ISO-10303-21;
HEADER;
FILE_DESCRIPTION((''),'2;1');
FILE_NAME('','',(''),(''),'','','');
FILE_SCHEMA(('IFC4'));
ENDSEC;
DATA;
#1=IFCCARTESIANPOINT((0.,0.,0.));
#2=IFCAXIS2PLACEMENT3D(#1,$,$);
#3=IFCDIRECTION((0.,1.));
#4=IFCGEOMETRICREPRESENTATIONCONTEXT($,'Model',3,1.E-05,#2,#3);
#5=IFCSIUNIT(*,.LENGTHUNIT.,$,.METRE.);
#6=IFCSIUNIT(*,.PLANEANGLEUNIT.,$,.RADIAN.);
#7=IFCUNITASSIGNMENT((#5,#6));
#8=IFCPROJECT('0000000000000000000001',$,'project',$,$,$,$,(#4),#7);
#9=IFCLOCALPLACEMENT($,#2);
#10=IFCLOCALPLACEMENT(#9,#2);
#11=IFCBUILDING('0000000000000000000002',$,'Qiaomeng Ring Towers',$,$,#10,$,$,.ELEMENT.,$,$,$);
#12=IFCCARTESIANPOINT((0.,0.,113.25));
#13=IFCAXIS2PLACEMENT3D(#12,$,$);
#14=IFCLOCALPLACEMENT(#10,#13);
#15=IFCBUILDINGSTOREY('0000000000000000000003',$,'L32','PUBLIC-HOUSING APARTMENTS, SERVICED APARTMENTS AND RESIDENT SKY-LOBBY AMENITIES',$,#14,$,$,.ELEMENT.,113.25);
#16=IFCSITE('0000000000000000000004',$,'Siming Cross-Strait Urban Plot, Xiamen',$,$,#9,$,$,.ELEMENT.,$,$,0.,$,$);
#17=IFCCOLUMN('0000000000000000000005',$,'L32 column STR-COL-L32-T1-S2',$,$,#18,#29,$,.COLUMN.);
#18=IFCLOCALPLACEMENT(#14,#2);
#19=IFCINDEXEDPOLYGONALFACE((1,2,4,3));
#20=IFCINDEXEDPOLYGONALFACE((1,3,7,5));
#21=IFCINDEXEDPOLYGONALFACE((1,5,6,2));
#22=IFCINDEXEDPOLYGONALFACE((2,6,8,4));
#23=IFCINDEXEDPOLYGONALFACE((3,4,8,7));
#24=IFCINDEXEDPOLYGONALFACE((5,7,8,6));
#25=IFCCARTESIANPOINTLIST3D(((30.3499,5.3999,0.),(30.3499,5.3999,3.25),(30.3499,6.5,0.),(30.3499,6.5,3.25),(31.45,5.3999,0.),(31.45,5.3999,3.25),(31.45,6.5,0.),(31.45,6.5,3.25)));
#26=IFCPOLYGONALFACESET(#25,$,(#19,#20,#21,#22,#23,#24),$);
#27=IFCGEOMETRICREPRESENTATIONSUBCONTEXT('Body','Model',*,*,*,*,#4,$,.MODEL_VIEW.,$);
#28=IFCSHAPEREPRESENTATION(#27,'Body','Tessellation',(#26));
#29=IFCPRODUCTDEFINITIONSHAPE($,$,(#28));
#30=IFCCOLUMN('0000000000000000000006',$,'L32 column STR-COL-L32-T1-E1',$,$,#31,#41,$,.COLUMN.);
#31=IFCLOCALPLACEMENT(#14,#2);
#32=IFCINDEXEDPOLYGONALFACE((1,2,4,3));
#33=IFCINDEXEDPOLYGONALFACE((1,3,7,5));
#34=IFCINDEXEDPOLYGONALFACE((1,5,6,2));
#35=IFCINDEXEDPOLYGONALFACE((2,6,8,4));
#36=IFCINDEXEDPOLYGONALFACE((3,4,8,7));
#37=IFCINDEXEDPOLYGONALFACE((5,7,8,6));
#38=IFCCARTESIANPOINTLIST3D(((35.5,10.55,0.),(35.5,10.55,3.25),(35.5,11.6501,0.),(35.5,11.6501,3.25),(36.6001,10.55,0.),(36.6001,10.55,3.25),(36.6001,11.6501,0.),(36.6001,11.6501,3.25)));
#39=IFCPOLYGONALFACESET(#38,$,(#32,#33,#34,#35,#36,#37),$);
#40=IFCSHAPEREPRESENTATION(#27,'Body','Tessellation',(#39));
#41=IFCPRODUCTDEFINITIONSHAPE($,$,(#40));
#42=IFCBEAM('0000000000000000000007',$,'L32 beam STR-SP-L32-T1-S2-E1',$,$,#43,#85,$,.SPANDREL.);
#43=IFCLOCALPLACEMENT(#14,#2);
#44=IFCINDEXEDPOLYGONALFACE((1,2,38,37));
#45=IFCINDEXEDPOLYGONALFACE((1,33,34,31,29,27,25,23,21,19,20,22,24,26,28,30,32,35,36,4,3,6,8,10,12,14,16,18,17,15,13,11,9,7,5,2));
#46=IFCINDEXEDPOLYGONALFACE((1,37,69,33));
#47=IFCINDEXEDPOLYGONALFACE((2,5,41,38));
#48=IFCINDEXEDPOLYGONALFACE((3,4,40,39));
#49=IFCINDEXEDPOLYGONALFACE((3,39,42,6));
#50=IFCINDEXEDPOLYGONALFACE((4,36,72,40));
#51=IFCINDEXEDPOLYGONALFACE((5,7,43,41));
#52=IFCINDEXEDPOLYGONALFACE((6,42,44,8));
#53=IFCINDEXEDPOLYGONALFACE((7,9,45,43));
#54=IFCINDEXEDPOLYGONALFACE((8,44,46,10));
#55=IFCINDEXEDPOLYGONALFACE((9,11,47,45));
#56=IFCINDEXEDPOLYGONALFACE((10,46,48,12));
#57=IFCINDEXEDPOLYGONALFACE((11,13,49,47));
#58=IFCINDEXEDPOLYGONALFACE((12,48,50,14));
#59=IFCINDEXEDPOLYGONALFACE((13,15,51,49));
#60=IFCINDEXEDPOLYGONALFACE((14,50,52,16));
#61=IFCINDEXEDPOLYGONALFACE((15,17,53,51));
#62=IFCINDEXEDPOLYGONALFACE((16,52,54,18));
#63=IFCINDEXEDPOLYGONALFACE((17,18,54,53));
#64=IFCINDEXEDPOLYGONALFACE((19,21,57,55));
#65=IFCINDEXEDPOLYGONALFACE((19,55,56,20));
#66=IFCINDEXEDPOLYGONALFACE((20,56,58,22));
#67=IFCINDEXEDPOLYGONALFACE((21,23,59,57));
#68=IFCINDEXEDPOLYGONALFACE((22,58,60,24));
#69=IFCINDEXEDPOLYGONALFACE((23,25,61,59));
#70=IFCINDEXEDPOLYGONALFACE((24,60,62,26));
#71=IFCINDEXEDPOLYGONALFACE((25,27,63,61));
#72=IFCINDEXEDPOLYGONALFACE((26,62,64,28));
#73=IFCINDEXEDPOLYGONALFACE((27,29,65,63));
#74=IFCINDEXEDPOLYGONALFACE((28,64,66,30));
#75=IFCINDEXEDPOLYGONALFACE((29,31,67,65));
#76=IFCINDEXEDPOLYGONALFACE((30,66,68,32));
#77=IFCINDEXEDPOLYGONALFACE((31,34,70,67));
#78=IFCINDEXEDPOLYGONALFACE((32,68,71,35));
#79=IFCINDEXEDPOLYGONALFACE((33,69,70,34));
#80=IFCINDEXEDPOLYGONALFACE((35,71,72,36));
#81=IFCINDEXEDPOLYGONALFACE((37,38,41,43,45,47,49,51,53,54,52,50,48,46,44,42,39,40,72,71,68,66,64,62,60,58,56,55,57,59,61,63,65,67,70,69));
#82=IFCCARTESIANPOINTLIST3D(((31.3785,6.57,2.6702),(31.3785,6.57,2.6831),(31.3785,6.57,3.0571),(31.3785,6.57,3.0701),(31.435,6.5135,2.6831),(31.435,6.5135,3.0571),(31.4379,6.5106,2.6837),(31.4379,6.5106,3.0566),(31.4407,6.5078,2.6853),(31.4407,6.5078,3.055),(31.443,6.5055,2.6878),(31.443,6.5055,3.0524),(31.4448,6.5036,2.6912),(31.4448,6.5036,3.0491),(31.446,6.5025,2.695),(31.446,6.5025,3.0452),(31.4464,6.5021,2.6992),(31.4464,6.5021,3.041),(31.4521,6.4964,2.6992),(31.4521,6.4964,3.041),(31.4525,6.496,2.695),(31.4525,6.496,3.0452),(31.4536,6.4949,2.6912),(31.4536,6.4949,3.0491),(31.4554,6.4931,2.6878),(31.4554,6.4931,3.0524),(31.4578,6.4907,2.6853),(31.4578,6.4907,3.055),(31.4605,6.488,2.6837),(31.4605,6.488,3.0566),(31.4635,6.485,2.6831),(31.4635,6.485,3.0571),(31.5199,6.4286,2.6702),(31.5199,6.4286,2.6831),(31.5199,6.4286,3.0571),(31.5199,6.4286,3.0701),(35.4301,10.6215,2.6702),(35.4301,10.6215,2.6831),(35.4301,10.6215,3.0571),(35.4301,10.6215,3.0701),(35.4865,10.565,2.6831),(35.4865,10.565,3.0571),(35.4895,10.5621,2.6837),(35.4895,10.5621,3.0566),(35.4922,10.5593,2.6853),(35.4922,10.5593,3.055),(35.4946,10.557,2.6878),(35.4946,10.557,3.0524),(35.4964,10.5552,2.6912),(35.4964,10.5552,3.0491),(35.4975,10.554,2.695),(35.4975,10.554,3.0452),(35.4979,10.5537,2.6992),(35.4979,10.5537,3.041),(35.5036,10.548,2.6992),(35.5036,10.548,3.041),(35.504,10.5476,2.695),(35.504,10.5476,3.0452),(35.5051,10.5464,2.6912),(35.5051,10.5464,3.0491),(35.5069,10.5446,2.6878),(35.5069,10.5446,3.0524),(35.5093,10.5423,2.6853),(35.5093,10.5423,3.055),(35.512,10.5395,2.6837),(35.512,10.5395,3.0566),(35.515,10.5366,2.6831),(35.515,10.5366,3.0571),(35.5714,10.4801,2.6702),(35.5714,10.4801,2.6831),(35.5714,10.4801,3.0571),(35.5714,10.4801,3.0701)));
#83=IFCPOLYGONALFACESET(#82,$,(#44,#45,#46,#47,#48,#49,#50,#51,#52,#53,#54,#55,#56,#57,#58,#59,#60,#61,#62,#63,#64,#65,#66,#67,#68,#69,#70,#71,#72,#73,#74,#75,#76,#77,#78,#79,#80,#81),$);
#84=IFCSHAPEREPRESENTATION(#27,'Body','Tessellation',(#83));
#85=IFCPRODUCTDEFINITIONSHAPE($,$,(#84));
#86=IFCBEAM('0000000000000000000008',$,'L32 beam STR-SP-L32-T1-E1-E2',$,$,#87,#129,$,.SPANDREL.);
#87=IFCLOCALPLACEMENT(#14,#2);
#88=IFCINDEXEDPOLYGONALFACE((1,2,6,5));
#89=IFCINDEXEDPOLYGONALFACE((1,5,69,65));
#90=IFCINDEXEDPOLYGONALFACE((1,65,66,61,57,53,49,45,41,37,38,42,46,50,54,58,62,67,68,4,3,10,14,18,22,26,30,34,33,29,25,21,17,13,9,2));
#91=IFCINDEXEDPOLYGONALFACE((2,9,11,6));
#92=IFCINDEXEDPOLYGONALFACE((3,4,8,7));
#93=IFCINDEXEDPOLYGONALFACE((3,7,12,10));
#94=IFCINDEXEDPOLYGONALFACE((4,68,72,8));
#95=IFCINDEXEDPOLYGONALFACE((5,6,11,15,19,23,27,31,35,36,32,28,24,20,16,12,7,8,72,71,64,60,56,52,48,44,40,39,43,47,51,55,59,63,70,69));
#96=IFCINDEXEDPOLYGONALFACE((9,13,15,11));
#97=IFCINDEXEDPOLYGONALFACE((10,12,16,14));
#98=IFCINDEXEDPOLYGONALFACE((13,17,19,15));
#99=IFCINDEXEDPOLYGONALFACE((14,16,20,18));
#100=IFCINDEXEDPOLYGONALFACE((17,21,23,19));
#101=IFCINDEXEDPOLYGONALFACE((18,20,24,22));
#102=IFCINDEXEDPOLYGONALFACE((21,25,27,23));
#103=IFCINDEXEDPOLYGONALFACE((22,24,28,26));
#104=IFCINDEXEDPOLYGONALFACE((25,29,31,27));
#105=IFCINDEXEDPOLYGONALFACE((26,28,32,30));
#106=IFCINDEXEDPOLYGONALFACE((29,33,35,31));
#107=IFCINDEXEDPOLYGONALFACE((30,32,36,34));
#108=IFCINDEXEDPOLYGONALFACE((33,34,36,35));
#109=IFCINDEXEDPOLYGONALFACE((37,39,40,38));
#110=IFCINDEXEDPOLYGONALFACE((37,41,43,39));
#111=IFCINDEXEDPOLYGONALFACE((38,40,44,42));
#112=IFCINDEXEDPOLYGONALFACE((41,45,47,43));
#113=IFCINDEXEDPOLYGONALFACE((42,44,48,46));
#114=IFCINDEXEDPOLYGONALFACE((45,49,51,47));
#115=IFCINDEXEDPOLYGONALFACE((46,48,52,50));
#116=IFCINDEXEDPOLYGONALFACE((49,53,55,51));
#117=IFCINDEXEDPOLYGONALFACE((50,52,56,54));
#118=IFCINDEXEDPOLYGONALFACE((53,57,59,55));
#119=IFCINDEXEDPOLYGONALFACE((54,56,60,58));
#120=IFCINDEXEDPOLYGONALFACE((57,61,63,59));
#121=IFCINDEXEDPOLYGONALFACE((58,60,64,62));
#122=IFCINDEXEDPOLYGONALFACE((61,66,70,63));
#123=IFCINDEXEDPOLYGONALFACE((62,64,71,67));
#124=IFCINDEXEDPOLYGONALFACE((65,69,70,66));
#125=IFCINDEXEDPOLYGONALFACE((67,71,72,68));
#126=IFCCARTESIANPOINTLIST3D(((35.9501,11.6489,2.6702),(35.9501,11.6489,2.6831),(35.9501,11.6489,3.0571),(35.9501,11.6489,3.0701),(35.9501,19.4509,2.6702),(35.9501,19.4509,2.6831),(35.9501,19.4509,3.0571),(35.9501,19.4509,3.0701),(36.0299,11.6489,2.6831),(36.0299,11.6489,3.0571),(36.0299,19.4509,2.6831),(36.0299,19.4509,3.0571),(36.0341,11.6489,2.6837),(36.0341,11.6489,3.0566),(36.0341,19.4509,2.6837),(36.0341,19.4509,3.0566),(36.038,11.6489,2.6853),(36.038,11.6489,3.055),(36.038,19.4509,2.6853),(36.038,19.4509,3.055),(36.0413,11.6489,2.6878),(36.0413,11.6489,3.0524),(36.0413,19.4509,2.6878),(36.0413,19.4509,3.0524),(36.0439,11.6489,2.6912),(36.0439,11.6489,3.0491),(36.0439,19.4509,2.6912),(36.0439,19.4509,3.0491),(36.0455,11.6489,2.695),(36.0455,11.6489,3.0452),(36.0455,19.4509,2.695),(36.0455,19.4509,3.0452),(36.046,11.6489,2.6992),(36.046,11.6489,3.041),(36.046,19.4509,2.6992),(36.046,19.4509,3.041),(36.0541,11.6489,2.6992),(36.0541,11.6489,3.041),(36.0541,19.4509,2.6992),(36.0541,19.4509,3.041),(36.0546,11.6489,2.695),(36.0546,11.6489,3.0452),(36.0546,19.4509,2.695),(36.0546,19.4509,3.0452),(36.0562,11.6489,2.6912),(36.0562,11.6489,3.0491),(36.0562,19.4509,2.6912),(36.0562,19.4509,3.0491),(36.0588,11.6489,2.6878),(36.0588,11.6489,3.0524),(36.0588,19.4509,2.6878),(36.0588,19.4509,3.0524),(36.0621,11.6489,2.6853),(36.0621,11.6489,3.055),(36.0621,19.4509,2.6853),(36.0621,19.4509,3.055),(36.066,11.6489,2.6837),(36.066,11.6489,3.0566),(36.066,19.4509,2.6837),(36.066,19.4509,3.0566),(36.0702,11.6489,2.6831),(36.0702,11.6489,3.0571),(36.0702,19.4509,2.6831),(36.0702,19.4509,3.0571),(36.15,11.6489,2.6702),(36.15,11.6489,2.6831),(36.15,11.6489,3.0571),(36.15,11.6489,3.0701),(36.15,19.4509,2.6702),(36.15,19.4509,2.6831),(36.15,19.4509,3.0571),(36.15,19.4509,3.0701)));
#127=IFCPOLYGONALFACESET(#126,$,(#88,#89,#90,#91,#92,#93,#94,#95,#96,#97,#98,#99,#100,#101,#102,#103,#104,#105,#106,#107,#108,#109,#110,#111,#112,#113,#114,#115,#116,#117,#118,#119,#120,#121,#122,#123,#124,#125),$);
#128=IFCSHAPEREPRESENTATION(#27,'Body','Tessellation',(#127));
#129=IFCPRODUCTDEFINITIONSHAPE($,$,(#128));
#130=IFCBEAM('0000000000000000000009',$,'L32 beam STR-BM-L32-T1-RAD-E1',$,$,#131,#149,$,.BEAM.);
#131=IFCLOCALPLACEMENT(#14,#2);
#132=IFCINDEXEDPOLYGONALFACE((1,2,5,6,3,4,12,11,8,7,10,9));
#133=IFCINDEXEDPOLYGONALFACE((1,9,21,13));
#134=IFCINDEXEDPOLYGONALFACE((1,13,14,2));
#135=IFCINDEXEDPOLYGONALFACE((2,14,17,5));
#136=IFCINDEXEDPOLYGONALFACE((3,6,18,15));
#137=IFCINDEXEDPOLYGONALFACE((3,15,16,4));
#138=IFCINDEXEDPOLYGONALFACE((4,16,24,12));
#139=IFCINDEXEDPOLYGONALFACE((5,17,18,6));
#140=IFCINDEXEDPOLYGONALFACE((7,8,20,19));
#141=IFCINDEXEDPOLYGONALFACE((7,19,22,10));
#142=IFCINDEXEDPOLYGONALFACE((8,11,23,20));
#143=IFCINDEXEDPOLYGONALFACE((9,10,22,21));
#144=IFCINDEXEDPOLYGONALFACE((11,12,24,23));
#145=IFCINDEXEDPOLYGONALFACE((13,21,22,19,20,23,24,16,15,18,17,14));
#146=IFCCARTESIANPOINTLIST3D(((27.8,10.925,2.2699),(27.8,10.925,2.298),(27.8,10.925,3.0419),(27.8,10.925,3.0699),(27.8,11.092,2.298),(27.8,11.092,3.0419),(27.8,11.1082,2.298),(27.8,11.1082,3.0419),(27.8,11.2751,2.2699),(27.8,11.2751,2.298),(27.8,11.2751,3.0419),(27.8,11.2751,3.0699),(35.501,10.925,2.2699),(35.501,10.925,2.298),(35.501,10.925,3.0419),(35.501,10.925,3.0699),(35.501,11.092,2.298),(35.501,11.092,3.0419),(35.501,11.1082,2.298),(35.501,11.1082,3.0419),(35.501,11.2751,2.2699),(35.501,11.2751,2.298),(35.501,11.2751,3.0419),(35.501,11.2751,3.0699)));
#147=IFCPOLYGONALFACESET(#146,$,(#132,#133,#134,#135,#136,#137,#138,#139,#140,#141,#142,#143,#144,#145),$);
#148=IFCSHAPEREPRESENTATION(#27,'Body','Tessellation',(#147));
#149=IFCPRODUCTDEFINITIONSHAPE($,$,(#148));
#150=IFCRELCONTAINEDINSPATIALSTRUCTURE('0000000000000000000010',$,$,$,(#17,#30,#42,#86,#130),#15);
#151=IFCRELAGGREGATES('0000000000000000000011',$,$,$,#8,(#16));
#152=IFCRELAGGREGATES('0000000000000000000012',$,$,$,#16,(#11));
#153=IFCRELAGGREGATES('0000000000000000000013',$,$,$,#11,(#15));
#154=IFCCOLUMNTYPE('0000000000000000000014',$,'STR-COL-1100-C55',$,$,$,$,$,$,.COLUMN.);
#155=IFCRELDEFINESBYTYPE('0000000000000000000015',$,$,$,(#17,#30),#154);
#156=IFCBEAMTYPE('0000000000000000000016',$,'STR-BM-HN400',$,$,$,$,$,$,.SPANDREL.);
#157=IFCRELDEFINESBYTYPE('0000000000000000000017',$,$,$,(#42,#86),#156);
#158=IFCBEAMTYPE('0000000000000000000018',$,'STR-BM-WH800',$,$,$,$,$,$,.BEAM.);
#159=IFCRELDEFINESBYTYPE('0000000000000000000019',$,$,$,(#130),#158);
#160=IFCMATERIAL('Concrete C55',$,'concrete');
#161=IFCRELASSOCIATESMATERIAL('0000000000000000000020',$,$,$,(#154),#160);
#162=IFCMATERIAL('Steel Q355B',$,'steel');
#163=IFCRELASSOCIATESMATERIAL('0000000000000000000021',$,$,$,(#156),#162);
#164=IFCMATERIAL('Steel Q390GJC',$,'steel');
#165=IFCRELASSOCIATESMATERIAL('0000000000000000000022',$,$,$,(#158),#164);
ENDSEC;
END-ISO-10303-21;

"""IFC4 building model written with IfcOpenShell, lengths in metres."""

from ifc_helpers import new_model, si_unit, direction, frame, origin, origin_2d, place, context, subcontext, project, spatial, rectangle, i_section, extrude, source, transform, mapped, material, material_profile, profile_set, type_object, element, save


model = new_model("IFC4")

# Units and contexts
model_context = context("Model", 3, precision=1e-05, world=origin(), true_north=direction((0.0, 1.0)))
body_context = subcontext(model_context, "Body", "Model", "MODEL_VIEW")
ifc_project = project(units=[si_unit("LENGTHUNIT", "METRE"), si_unit("PLANEANGLEUNIT", "RADIAN")], contexts=[model_context])

# Site, building, storey
site_placement = place(None, origin())
site = spatial("IfcSite", under=ifc_project, at=site_placement, Name="Siming Cross-Strait Urban Plot, Xiamen", CompositionType="ELEMENT", RefElevation=0.0)
building_placement = place(site_placement, origin())
building = spatial("IfcBuilding", under=site, at=building_placement, Name="Qiaomeng Ring Towers", CompositionType="ELEMENT")
storey_placement = place(building_placement, frame((0.0, 0.0, 113.25)))
storey = spatial("IfcBuildingStorey", under=building, at=storey_placement, Name="L32", Description="PUBLIC-HOUSING APARTMENTS, SERVICED APARTMENTS AND RESIDENT SKY-LOBBY AMENITIES", CompositionType="ELEMENT", Elevation=113.25)

# Columns
ifc_material_1 = material(Name="Concrete C55", Category="concrete")
ifc_material_profile_1 = material_profile(ifc_material_1, rectangle(XDim=1.1001, YDim=1.1001, at=origin_2d()), Name="RC COL 1100x1100")
ifc_profile_set_1 = profile_set([ifc_material_profile_1], Name="Concrete C55")
column_type = type_object("IfcColumnType", Name="STR-COL-1100-C55", PredefinedType="COLUMN", material=ifc_profile_set_1)
shared_shape_1 = source(origin(), body_context, "Body", "SweptSolid", [
    extrude(rectangle(XDim=1.1001, YDim=1.1001, at=origin_2d()), origin(), (0.0, 0.0, 1.0), 3.25),
])
for number, where, z_axis, x_axis, name in (
    (1, (30.8999, 5.95, 0.0), (0.0, 0.0, 1.0), (1.0, 0.0, 0.0), "L32 column STR-COL-L32-T1-S2"),
    (2, (36.05, 11.1001, 0.0), (0.0, 0.0, 1.0), (1.0, 0.0, 0.0), "L32 column STR-COL-L32-T1-E1"),
):
    element("IfcColumn", number, at=place(storey_placement, frame(where, z_axis=z_axis, x_axis=x_axis)), inside=storey, type_object=column_type, Name=name, PredefinedType="COLUMN", context=body_context, shape_type="MappedRepresentation", body=[
        mapped(shared_shape_1, transform((0.0, 0.0, 0.0), x_axis=(1.0, 0.0, 0.0), y_axis=(0.0, 1.0, 0.0), z_axis=(0.0, 0.0, 1.0), scale=1.0)),
    ])

# Beams
ifc_material_2 = material(Name="Steel Q355B", Category="steel")
ifc_material_profile_2 = material_profile(ifc_material_2, i_section(OverallWidth=0.2, OverallDepth=0.3999, WebThickness=0.0081, FlangeThickness=0.0129, FilletRadius=0.0161, at=origin_2d()), Name="HN 400x200x8x13")
ifc_profile_set_2 = profile_set([ifc_material_profile_2], Name="Steel Q355B")
beam_type_1 = type_object("IfcBeamType", Name="STR-BM-HN400", PredefinedType="SPANDREL", material=ifc_profile_set_2)
shared_shape_2 = source(origin(), body_context, "Body", "SweptSolid", [
    extrude(i_section(OverallWidth=0.2, OverallDepth=0.3999, WebThickness=0.0081, FlangeThickness=0.0129, FilletRadius=0.0161, at=origin_2d()), origin(), (0.0, 0.0, 1.0), 5.7297),
])
beam_1_placement = place(storey_placement, frame((31.4492, 6.4993, 2.8701), z_axis=(0.707107, 0.707107, 0.0), x_axis=(-0.707107, 0.707107, 0.0)))
element("IfcBeam", 3, at=beam_1_placement, inside=storey, type_object=beam_type_1, Name="L32 beam STR-SP-L32-T1-S2-E1", PredefinedType="SPANDREL", context=body_context, shape_type="MappedRepresentation", body=[
    mapped(shared_shape_2, transform((0.0, 0.0, 0.0), x_axis=(1.0, 0.0, 0.0), y_axis=(0.0, 1.0, 0.0), z_axis=(0.0, 0.0, 1.0), scale=1.0)),
])
shared_shape_3 = source(origin(), body_context, "Body", "SweptSolid", [
    extrude(i_section(OverallWidth=0.2, OverallDepth=0.3999, WebThickness=0.0081, FlangeThickness=0.0129, FilletRadius=0.0161, at=origin_2d()), origin(), (0.0, 0.0, 1.0), 7.802),
])
beam_2_placement = place(storey_placement, frame((36.05, 11.6489, 2.8701), z_axis=(0.0, 1.0, 0.0), x_axis=(-1.0, 0.0, 0.0)))
element("IfcBeam", 4, at=beam_2_placement, inside=storey, type_object=beam_type_1, Name="L32 beam STR-SP-L32-T1-E1-E2", PredefinedType="SPANDREL", context=body_context, shape_type="MappedRepresentation", body=[
    mapped(shared_shape_3, transform((0.0, 0.0, 0.0), x_axis=(1.0, 0.0, 0.0), y_axis=(0.0, 1.0, 0.0), z_axis=(0.0, 0.0, 1.0), scale=1.0)),
])
ifc_material_3 = material(Name="Steel Q390GJC", Category="steel")
ifc_material_profile_3 = material_profile(ifc_material_3, i_section(OverallWidth=0.3501, OverallDepth=0.8, WebThickness=0.0161, FlangeThickness=0.0281, at=origin_2d()), Name="WH 800x350x16x28")
ifc_profile_set_3 = profile_set([ifc_material_profile_3], Name="Steel Q390GJC")
beam_type_2 = type_object("IfcBeamType", Name="STR-BM-WH800", PredefinedType="BEAM", material=ifc_profile_set_3)
shared_shape_4 = source(origin(), body_context, "Body", "SweptSolid", [
    extrude(i_section(OverallWidth=0.3501, OverallDepth=0.8, WebThickness=0.0161, FlangeThickness=0.0281, at=origin_2d()), origin(), (0.0, 0.0, 1.0), 7.7009),
])
beam_3_placement = place(storey_placement, frame((27.8, 11.1001, 2.6699), z_axis=(1.0, 0.0, 0.0), x_axis=(0.0, 1.0, 0.0)))
element("IfcBeam", 5, at=beam_3_placement, inside=storey, type_object=beam_type_2, Name="L32 beam STR-BM-L32-T1-RAD-E1", PredefinedType="BEAM", context=body_context, shape_type="MappedRepresentation", body=[
    mapped(shared_shape_4, transform((0.0, 0.0, 0.0), x_axis=(1.0, 0.0, 0.0), y_axis=(0.0, 1.0, 0.0), z_axis=(0.0, 0.0, 1.0), scale=1.0)),
])

save(model, "model.ifc")
